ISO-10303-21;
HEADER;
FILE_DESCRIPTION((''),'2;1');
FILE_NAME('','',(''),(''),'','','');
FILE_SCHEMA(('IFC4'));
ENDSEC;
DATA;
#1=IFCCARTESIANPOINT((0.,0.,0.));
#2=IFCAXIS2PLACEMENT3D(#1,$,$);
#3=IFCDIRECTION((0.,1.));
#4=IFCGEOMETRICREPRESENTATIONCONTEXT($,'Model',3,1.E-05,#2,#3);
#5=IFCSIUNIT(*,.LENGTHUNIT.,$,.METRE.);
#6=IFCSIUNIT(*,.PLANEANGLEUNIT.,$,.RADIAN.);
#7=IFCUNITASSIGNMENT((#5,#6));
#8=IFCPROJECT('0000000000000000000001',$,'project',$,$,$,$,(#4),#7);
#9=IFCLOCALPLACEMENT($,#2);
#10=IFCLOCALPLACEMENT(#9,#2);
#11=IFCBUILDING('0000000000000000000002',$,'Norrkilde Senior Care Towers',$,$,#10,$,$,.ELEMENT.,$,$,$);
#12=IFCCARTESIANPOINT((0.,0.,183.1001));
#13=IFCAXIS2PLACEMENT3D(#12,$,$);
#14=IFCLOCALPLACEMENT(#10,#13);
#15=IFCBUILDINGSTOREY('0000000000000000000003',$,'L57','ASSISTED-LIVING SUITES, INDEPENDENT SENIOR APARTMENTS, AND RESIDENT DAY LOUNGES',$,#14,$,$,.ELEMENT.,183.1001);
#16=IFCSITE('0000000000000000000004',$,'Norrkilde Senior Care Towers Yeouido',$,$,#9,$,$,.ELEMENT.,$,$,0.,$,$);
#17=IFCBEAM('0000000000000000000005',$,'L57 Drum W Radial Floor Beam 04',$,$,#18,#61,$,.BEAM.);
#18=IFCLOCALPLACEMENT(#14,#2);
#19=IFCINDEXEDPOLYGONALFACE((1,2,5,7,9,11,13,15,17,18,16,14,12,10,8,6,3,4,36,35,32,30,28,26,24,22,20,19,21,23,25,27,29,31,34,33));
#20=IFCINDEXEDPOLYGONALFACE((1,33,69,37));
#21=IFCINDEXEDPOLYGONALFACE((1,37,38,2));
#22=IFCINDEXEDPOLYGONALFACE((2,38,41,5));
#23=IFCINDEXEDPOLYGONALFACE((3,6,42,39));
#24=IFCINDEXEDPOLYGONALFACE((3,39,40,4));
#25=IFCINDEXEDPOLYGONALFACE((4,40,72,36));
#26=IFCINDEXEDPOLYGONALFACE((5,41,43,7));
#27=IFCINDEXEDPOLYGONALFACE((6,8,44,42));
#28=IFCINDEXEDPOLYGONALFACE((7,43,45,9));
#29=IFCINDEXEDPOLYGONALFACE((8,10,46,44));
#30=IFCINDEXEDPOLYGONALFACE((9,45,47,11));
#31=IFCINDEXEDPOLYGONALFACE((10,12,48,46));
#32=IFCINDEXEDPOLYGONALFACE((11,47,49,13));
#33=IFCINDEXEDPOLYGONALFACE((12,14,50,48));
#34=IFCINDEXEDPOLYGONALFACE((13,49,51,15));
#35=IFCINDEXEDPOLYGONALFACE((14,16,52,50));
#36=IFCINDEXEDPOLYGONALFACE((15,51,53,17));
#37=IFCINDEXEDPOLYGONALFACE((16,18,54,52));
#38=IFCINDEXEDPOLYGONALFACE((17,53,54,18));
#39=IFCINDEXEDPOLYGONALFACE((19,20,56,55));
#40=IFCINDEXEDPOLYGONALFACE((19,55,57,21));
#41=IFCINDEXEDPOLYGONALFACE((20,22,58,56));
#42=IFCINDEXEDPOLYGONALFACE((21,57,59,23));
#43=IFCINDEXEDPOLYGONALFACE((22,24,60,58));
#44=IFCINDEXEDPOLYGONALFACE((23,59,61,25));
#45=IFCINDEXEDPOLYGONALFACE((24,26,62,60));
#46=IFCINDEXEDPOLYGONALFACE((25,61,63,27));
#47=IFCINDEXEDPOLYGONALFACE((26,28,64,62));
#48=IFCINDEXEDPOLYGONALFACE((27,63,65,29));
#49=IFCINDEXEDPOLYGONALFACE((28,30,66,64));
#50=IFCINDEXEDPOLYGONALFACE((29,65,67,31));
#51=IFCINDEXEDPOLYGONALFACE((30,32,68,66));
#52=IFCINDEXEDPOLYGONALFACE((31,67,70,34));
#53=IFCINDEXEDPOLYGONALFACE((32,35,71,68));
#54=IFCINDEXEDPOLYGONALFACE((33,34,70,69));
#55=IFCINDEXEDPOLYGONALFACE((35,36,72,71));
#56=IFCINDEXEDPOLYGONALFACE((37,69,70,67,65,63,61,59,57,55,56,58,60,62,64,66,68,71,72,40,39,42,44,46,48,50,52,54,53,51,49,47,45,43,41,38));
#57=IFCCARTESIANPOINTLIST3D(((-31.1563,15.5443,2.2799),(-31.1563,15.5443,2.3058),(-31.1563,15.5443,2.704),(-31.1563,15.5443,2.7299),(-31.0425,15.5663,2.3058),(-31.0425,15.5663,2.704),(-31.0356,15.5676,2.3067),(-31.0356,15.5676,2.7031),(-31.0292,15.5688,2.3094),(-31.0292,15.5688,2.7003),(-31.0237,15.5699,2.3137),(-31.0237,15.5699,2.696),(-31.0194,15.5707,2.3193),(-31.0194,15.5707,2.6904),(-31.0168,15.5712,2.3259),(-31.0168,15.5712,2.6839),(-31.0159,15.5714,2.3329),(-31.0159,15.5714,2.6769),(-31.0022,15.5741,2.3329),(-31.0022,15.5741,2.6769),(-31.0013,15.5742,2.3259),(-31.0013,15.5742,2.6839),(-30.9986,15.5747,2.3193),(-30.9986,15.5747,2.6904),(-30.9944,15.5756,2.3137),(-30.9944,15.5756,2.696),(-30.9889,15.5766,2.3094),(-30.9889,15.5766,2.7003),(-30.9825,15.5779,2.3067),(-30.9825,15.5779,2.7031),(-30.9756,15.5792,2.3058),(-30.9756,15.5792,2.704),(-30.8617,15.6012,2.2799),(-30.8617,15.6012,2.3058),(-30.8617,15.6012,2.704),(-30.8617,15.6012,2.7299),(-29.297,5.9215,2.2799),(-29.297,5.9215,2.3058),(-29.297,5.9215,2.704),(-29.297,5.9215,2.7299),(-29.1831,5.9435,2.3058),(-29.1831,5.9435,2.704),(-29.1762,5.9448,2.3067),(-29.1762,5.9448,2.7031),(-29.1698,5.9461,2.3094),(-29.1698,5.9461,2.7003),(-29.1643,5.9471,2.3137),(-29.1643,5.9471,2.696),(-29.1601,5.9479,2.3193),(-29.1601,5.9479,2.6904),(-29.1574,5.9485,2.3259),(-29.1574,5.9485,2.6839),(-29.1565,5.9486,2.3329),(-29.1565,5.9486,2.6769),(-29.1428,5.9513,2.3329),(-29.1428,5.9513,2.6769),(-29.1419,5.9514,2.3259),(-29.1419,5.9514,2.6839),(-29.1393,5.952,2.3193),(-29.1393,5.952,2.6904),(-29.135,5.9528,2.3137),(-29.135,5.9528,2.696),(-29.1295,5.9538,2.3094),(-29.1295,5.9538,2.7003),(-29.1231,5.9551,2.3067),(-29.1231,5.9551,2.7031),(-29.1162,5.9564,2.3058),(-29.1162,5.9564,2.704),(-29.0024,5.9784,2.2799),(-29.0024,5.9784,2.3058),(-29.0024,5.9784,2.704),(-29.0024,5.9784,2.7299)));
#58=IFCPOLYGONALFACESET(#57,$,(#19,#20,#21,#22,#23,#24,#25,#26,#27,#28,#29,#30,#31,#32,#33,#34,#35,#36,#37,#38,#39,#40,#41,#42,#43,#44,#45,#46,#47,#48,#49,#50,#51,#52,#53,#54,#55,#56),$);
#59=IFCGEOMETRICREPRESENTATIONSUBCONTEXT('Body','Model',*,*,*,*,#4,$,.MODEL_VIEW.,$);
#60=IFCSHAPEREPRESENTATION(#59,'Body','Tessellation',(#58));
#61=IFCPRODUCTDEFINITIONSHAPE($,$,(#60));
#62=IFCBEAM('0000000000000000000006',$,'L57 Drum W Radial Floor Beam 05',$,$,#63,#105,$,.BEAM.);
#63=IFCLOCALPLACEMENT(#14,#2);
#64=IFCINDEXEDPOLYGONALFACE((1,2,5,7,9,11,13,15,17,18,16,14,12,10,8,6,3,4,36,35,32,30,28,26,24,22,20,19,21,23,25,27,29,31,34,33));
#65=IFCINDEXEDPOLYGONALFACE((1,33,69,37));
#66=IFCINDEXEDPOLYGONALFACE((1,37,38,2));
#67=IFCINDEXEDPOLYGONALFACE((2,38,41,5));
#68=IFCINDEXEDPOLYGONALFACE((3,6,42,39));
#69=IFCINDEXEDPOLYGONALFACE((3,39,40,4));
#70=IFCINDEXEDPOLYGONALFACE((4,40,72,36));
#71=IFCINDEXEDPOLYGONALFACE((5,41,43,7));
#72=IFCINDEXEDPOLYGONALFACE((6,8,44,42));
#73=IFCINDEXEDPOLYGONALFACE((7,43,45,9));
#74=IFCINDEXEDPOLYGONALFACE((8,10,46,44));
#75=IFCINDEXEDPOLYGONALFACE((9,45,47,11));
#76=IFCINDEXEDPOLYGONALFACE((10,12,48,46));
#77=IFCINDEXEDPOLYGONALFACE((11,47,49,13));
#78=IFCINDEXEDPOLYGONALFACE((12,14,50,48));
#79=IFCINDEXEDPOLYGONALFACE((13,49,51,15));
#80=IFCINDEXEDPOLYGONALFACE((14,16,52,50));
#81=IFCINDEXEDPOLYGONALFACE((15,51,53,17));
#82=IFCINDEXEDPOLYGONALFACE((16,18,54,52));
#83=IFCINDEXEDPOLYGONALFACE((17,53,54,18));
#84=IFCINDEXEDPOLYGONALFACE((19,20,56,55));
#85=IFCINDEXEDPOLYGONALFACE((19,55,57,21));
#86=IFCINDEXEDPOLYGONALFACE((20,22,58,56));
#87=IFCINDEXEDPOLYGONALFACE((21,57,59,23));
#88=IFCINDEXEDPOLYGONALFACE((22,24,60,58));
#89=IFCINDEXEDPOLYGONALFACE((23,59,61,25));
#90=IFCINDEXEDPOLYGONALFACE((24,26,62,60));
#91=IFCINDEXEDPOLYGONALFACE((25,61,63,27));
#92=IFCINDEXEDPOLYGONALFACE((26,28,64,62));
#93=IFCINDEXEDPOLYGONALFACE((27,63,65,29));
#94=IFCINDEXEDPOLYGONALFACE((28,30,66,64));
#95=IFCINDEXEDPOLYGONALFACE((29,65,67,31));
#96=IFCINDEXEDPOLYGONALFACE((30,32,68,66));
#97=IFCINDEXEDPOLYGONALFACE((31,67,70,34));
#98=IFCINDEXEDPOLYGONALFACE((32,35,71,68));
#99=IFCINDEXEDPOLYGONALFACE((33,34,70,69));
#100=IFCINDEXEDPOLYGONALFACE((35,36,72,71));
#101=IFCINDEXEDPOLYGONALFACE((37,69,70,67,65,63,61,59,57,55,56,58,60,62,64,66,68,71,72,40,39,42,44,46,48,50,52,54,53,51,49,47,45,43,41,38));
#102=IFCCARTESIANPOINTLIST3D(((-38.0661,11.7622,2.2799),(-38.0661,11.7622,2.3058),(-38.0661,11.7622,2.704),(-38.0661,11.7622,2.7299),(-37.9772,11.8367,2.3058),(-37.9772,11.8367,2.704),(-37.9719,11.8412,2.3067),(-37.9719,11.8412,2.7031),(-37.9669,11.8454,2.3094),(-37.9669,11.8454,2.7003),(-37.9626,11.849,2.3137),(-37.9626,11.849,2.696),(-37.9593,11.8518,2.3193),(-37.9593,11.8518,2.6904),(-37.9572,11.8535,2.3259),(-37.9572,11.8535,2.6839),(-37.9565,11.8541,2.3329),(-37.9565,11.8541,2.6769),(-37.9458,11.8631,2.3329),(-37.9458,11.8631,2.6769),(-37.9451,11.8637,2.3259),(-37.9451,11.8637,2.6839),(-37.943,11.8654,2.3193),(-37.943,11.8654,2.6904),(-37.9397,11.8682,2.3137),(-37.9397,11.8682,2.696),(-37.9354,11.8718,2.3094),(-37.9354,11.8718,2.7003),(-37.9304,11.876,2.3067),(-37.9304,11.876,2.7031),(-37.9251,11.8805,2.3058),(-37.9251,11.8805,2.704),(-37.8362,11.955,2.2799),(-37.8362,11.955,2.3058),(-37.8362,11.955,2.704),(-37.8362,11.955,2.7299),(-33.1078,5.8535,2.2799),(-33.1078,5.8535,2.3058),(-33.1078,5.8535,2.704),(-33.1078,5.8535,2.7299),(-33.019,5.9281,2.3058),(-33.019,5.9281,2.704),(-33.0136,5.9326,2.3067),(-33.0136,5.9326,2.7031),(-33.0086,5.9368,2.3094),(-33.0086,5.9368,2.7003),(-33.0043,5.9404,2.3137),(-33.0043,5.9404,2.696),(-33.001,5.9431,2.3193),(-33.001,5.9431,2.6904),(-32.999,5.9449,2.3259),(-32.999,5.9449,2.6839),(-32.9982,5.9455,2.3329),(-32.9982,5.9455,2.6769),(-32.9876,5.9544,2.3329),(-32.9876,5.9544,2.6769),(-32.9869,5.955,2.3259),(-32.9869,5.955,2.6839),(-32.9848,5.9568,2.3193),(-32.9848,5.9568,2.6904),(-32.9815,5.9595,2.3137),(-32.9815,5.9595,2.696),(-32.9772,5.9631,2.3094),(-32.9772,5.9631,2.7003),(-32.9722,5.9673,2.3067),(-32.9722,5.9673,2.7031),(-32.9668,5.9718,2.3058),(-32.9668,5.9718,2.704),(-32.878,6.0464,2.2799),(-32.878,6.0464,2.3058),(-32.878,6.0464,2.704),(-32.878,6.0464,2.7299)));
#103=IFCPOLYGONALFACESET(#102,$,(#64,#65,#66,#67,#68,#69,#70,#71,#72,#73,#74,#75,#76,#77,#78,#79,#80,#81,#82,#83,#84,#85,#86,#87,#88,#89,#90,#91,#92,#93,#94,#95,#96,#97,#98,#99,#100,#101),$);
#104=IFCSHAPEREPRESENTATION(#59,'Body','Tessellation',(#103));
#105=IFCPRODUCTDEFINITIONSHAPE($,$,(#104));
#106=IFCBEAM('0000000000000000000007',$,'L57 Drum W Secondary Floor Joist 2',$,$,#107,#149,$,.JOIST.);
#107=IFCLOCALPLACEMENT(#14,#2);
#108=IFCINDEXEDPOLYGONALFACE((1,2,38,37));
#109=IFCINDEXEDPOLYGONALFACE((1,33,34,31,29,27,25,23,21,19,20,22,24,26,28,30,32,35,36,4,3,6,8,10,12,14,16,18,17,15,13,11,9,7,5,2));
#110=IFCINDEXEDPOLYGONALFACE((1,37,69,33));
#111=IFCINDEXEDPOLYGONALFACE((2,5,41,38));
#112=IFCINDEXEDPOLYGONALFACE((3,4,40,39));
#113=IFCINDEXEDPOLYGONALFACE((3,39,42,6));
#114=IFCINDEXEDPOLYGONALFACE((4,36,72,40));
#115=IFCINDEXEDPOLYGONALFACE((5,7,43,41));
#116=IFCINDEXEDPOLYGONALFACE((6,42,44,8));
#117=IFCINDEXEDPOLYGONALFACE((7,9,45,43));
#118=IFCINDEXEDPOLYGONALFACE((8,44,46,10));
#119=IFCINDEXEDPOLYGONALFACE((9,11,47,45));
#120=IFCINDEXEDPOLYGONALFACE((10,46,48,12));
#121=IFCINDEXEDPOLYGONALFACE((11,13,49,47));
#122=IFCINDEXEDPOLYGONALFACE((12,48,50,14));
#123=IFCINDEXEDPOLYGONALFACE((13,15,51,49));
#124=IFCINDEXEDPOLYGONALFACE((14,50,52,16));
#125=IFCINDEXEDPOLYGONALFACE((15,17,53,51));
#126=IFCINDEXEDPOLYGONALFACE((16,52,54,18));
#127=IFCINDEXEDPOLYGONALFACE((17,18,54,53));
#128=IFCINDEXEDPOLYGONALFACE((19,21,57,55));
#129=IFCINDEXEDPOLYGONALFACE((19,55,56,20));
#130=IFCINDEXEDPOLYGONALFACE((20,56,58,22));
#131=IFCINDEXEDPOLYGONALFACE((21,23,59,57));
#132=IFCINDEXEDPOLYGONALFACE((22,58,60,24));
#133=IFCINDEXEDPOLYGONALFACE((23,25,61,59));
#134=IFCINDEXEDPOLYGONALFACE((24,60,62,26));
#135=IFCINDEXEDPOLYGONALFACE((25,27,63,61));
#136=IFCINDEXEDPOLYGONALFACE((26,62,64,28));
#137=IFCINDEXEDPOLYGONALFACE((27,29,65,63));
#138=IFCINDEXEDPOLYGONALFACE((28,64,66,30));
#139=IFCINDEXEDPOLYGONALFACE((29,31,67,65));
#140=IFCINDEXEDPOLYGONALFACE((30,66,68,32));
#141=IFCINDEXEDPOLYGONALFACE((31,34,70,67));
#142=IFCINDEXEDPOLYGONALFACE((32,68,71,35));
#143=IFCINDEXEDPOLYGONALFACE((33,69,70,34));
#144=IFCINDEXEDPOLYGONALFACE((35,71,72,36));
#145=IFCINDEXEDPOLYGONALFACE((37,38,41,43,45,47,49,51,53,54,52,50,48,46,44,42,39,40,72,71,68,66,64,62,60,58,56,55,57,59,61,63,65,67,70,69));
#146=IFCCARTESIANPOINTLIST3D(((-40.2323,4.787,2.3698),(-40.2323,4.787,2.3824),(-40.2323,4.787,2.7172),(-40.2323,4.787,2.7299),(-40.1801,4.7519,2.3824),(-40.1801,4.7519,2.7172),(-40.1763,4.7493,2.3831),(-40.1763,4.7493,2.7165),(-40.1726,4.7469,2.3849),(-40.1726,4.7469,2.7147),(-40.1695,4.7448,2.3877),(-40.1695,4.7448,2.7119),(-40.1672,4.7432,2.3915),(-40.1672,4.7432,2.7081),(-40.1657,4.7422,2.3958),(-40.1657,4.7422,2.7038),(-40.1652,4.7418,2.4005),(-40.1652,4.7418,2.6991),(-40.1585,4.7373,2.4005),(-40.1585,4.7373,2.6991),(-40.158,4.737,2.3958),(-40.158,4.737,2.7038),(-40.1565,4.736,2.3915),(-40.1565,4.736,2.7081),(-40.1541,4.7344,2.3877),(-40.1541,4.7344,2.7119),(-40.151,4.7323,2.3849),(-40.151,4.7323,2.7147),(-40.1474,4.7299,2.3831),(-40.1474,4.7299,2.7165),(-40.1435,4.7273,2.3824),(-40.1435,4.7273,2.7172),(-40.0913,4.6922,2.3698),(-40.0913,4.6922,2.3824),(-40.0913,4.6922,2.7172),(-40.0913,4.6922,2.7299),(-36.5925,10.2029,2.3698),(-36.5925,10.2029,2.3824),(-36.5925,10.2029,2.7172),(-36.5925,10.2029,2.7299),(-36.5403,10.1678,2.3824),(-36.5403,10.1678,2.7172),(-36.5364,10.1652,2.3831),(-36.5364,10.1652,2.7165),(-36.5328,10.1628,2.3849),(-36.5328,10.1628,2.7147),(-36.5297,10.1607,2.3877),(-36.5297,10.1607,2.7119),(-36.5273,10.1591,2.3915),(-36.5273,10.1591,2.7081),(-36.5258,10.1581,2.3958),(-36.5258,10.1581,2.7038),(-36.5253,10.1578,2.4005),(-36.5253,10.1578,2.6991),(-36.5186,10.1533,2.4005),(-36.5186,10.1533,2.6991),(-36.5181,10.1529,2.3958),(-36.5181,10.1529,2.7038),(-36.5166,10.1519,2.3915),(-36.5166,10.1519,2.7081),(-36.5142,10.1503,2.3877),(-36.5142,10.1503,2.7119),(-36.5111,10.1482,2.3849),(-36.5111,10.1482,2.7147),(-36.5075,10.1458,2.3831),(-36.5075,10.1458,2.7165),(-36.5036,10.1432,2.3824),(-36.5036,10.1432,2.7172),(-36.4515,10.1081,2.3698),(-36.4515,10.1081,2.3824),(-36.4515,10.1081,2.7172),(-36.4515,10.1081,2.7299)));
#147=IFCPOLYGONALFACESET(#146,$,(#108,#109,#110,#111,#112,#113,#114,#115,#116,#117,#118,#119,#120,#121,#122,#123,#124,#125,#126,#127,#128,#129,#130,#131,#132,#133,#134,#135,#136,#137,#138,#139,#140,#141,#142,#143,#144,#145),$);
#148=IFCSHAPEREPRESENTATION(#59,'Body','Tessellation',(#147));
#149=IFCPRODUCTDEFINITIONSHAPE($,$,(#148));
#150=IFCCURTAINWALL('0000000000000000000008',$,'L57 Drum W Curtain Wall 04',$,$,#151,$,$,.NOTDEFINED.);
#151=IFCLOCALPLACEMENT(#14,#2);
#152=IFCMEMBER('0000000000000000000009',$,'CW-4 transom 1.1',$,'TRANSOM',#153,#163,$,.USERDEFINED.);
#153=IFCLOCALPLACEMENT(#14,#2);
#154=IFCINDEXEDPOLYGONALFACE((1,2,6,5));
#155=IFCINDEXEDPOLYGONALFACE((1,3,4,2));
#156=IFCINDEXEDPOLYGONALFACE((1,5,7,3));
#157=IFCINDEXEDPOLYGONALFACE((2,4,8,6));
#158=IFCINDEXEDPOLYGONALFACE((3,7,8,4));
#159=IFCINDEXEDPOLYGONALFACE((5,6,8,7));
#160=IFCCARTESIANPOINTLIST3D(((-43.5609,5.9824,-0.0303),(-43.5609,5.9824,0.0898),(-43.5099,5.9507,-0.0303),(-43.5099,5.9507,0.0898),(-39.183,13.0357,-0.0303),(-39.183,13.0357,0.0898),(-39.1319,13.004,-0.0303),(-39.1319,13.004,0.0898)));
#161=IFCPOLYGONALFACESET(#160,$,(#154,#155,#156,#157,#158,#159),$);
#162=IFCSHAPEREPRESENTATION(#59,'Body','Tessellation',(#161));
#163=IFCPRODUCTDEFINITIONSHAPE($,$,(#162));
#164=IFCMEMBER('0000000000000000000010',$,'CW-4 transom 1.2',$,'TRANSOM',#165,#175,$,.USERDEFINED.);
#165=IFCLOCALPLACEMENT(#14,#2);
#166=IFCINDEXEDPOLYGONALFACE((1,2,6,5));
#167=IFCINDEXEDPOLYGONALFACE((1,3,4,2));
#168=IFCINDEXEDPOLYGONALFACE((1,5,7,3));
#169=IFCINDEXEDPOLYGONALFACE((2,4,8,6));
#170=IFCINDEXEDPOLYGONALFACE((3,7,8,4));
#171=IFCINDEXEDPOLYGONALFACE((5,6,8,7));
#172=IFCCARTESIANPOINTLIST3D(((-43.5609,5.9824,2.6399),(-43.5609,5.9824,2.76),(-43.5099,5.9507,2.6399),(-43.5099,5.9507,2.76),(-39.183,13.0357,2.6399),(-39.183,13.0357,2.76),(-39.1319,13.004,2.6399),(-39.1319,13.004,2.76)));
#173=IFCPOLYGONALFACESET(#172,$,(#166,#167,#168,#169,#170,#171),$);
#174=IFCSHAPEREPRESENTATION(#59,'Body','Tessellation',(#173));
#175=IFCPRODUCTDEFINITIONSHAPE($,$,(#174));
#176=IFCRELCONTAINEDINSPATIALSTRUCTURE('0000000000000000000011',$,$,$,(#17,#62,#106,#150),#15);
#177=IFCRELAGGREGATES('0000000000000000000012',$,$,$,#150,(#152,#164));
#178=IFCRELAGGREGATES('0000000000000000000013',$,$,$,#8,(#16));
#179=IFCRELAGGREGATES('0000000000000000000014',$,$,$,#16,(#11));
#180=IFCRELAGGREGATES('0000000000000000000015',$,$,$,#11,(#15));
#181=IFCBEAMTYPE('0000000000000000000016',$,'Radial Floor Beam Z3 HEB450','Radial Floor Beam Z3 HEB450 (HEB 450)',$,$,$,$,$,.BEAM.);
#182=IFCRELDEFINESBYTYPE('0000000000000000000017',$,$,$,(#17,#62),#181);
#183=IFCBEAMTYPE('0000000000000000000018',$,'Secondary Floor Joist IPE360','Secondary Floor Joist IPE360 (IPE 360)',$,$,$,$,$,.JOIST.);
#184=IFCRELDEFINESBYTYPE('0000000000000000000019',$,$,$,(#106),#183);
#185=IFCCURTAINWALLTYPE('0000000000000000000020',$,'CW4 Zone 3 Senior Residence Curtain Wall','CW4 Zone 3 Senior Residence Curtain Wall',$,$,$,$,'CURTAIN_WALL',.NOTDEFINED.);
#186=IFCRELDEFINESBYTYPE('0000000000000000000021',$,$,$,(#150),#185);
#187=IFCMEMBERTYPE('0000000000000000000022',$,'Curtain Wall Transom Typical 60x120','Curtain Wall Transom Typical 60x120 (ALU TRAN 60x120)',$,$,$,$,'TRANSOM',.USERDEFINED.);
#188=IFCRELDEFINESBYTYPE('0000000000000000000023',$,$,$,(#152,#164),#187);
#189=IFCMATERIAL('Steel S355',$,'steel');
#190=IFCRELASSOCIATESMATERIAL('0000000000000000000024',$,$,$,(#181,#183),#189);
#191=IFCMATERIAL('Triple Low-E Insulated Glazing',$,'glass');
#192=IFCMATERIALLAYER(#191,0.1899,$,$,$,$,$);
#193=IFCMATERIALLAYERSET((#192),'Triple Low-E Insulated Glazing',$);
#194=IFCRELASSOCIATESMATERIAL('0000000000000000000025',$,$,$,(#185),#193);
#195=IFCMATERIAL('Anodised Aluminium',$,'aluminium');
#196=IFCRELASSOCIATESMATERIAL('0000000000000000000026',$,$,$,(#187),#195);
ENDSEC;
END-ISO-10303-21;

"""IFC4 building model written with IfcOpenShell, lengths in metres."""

from ifc_helpers import new_model, si_unit, direction, frame, origin, origin_2d, place, context, subcontext, project, spatial, rectangle, i_section, extrude, source, transform, mapped, material, layer, layer_set, material_profile, profile_set, type_object, type_shapes, element, aggregate, save


model = new_model("IFC4")

# Units and contexts
model_context = context("Model", 3, precision=1e-05, world=origin(), true_north=direction((0.0, 1.0)))
body_context = subcontext(model_context, "Body", "Model", "MODEL_VIEW")
ifc_project = project(units=[si_unit("LENGTHUNIT", "METRE"), si_unit("PLANEANGLEUNIT", "RADIAN")], contexts=[model_context])

# Site, building, storey
site_placement = place(None, origin())
site = spatial("IfcSite", under=ifc_project, at=site_placement, Name="Norrkilde Senior Care Towers Yeouido", CompositionType="ELEMENT", RefElevation=0.0)
building_placement = place(site_placement, origin())
building = spatial("IfcBuilding", under=site, at=building_placement, Name="Norrkilde Senior Care Towers", CompositionType="ELEMENT")
storey_placement = place(building_placement, frame((0.0, 0.0, 183.1001)))
storey = spatial("IfcBuildingStorey", under=building, at=storey_placement, Name="L57", Description="ASSISTED-LIVING SUITES, INDEPENDENT SENIOR APARTMENTS, AND RESIDENT DAY LOUNGES", CompositionType="ELEMENT", Elevation=183.1001)

# Beams
ifc_material_1 = material(Name="Steel S355", Category="steel")
ifc_material_profile_1 = material_profile(ifc_material_1, i_section(OverallWidth=0.3, OverallDepth=0.45, WebThickness=0.0139, FlangeThickness=0.0259, FilletRadius=0.0271, at=origin_2d()), Name="HEB 450")
ifc_profile_set_1 = profile_set([ifc_material_profile_1], Name="Steel S355")
beam_type_1 = type_object("IfcBeamType", Name="Radial Floor Beam Z3 HEB450", Description="Radial Floor Beam Z3 HEB450 (HEB 450)", PredefinedType="BEAM", material=ifc_profile_set_1)
shared_shape_1 = source(origin(), body_context, "Body", "SweptSolid", [
    extrude(i_section(OverallWidth=0.3, OverallDepth=0.45, WebThickness=0.0139, FlangeThickness=0.0259, FilletRadius=0.0271, at=origin_2d()), origin(), (0.0, 0.0, 1.0), 9.8008),
])
beam_1_placement = place(storey_placement, frame((-29.1497, 5.95, 2.5049), z_axis=(-0.189717, 0.981839, 0.0), x_axis=(-0.981839, -0.189717, 0.0)))
element("IfcBeam", 1, at=beam_1_placement, inside=storey, type_object=beam_type_1, Name="L57 Drum W Radial Floor Beam 04", PredefinedType="BEAM", context=body_context, shape_type="MappedRepresentation", body=[
    mapped(shared_shape_1, transform((0.0, 0.0, 0.0), x_axis=(1.0, 0.0, 0.0), y_axis=(0.0, 1.0, 0.0), z_axis=(0.0, 0.0, 1.0), scale=1.0)),
])
shared_shape_2 = source(origin(), body_context, "Body", "SweptSolid", [
    extrude(i_section(OverallWidth=0.3, OverallDepth=0.45, WebThickness=0.0139, FlangeThickness=0.0259, FilletRadius=0.0271, at=origin_2d()), origin(), (0.0, 0.0, 1.0), 7.7134),
])
type_shapes(beam_type_1, [shared_shape_1, shared_shape_2])
beam_2_placement = place(storey_placement, frame((-32.9929, 5.95, 2.5049), z_axis=(-0.642808, 0.766027, 0.0), x_axis=(-0.766027, -0.642808, 0.0)))
element("IfcBeam", 2, at=beam_2_placement, inside=storey, type_object=beam_type_1, Name="L57 Drum W Radial Floor Beam 05", PredefinedType="BEAM", context=body_context, shape_type="MappedRepresentation", body=[
    mapped(shared_shape_2, transform((0.0, 0.0, 0.0), x_axis=(1.0, 0.0, 0.0), y_axis=(0.0, 1.0, 0.0), z_axis=(0.0, 0.0, 1.0), scale=1.0)),
])
ifc_material_profile_2 = material_profile(ifc_material_1, i_section(OverallWidth=0.1699, OverallDepth=0.3601, WebThickness=0.0081, FlangeThickness=0.0127, FilletRadius=0.0181, at=origin_2d()), Name="IPE 360")
ifc_profile_set_2 = profile_set([ifc_material_profile_2], Name="Steel S355")
beam_type_2 = type_object("IfcBeamType", Name="Secondary Floor Joist IPE360", Description="Secondary Floor Joist IPE360 (IPE 360)", PredefinedType="JOIST", material=ifc_profile_set_2)
shared_shape_3 = source(origin(), body_context, "Body", "SweptSolid", [
    extrude(i_section(OverallWidth=0.1699, OverallDepth=0.3601, WebThickness=0.0081, FlangeThickness=0.0127, FilletRadius=0.0181, at=origin_2d()), origin(), (0.0, 0.0, 1.0), 6.5254),
])
type_shapes(beam_type_2, [shared_shape_3])
beam_3_placement = place(storey_placement, frame((-36.522, 10.1555, 2.5498), z_axis=(-0.557796, -0.829978, 0.0), x_axis=(0.829978, -0.557796, 0.0)))
element("IfcBeam", 3, at=beam_3_placement, inside=storey, type_object=beam_type_2, Name="L57 Drum W Secondary Floor Joist 2", PredefinedType="JOIST", context=body_context, shape_type="MappedRepresentation", body=[
    mapped(shared_shape_3, transform((0.0, 0.0, 0.0), x_axis=(1.0, 0.0, 0.0), y_axis=(0.0, 1.0, 0.0), z_axis=(0.0, 0.0, 1.0), scale=1.0)),
])

# Curtain wall, members
ifc_material_2 = material(Name="Triple Low-E Insulated Glazing", Category="glass")
ifc_layer_1 = layer(ifc_material_2, 0.1899)
ifc_layer_set_1 = layer_set([ifc_layer_1], Name="Triple Low-E Insulated Glazing")
curtain_wall_type = type_object("IfcCurtainWallType", Name="CW4 Zone 3 Senior Residence Curtain Wall", Description="CW4 Zone 3 Senior Residence Curtain Wall", ElementType="CURTAIN_WALL", PredefinedType="NOTDEFINED", material=ifc_layer_set_1)
curtain_wall_1_placement = place(storey_placement, origin())
curtain_wall_1 = element("IfcCurtainWall", 4, at=curtain_wall_1_placement, inside=storey, type_object=curtain_wall_type, Name="L57 Drum W Curtain Wall 04", PredefinedType="NOTDEFINED")
ifc_material_3 = material(Name="Anodised Aluminium", Category="aluminium")
ifc_material_profile_3 = material_profile(ifc_material_3, rectangle(XDim=0.0601, YDim=0.1201, at=origin_2d()), Name="ALU TRAN 60x120")
ifc_profile_set_3 = profile_set([ifc_material_profile_3], Name="Anodised Aluminium")
member_type_1 = type_object("IfcMemberType", Name="Curtain Wall Transom Typical 60x120", Description="Curtain Wall Transom Typical 60x120 (ALU TRAN 60x120)", ElementType="TRANSOM", PredefinedType="USERDEFINED", material=ifc_profile_set_3)
shared_shape_4 = source(origin(), body_context, "Body", "SweptSolid", [
    extrude(rectangle(XDim=0.0601, YDim=0.1201, at=origin_2d()), origin(), (0.0, 0.0, 1.0), 8.3015),
])
member_1_placement = place(storey_placement, frame((-43.5354, 5.9666, 0.0298), z_axis=(0.527369, 0.849637, 0.0), x_axis=(-0.849637, 0.527369, 0.0)))
member_1 = element("IfcMember", 5, at=member_1_placement, type_object=member_type_1, Name="CW-4 transom 1.1", ObjectType="TRANSOM", PredefinedType="USERDEFINED", context=body_context, shape_type="MappedRepresentation", body=[
    mapped(shared_shape_4, transform((0.0, 0.0, 0.0), x_axis=(1.0, 0.0, 0.0), y_axis=(0.0, 1.0, 0.0), z_axis=(0.0, 0.0, 1.0), scale=1.0)),
])
member_2_placement = place(storey_placement, frame((-43.5354, 5.9666, 2.7), z_axis=(0.527369, 0.849637, 0.0), x_axis=(-0.849637, 0.527369, 0.0)))
member_2 = element("IfcMember", 6, at=member_2_placement, type_object=member_type_1, Name="CW-4 transom 1.2", ObjectType="TRANSOM", PredefinedType="USERDEFINED", context=body_context, shape_type="MappedRepresentation", body=[
    mapped(shared_shape_4, transform((0.0, 0.0, 0.0), x_axis=(1.0, 0.0, 0.0), y_axis=(0.0, 1.0, 0.0), z_axis=(0.0, 0.0, 1.0), scale=1.0)),
])

aggregate(curtain_wall_1, [member_1, member_2])

save(model, "model.ifc")
